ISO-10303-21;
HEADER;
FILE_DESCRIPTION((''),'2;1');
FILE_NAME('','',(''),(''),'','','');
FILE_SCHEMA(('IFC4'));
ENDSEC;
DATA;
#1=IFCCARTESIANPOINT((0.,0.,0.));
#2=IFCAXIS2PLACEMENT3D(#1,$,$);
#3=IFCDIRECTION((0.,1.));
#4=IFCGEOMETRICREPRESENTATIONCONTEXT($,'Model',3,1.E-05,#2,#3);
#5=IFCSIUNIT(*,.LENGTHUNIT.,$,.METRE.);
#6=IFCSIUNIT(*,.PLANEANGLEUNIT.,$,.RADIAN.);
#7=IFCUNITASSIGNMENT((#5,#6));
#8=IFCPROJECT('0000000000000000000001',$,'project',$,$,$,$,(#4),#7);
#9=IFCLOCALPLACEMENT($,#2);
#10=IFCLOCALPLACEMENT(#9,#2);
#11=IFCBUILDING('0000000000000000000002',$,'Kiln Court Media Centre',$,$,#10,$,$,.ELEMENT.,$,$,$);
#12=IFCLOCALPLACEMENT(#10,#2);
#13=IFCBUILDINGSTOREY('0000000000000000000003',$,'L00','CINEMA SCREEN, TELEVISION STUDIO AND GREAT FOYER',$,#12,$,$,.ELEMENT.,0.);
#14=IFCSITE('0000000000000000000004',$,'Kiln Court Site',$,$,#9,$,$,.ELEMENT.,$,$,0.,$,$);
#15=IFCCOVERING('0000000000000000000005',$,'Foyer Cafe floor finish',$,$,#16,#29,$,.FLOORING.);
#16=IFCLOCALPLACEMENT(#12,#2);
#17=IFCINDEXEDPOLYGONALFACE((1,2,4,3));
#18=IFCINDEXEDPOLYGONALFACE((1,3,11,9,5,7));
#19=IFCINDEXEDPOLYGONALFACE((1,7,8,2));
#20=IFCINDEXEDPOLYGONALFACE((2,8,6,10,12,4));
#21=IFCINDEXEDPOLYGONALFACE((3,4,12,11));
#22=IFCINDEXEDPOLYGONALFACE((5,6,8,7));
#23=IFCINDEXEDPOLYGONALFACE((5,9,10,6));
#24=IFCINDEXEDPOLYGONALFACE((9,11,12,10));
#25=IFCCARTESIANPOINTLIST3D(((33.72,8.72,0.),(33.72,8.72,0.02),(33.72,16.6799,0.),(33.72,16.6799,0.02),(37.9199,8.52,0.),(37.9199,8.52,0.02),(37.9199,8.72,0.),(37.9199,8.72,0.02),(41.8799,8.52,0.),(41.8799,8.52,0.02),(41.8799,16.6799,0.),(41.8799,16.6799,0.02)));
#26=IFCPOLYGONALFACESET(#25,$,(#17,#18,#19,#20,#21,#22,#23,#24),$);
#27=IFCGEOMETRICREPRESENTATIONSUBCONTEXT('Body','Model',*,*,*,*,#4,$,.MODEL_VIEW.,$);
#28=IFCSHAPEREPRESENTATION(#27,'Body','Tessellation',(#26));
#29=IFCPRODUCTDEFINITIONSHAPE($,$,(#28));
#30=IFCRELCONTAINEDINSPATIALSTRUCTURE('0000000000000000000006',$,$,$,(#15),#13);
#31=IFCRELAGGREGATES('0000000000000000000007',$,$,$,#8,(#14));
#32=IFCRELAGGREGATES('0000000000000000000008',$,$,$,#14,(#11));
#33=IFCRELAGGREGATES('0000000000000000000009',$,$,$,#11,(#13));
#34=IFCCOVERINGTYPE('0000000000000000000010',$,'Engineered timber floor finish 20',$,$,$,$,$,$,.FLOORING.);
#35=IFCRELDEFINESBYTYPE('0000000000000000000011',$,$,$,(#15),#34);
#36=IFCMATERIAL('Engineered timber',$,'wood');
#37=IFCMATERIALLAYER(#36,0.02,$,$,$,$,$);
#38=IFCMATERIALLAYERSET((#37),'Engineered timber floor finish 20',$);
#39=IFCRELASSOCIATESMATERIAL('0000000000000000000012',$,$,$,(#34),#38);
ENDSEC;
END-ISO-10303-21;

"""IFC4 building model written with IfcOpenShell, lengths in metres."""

from ifc_helpers import new_model, si_unit, direction, origin, place, context, subcontext, project, spatial, polyline, outline, extrude, material, layer, layer_set, type_object, element, save


model = new_model("IFC4")

# Units and contexts
model_context = context("Model", 3, precision=1e-05, world=origin(), true_north=direction((0.0, 1.0)))
body_context = subcontext(model_context, "Body", "Model", "MODEL_VIEW")
ifc_project = project(units=[si_unit("LENGTHUNIT", "METRE"), si_unit("PLANEANGLEUNIT", "RADIAN")], contexts=[model_context])

# Site, building, storey
site_placement = place(None, origin())
site = spatial("IfcSite", under=ifc_project, at=site_placement, Name="Kiln Court Site", CompositionType="ELEMENT", RefElevation=0.0)
building_placement = place(site_placement, origin())
building = spatial("IfcBuilding", under=site, at=building_placement, Name="Kiln Court Media Centre", CompositionType="ELEMENT")
storey_placement = place(building_placement, origin())
storey = spatial("IfcBuildingStorey", under=building, at=storey_placement, Name="L00", Description="CINEMA SCREEN, TELEVISION STUDIO AND GREAT FOYER", CompositionType="ELEMENT", Elevation=0.0)

# Covering
ifc_material_1 = material(Name="Engineered timber", Category="wood")
ifc_layer_1 = layer(ifc_material_1, 0.02)
ifc_layer_set_1 = layer_set([ifc_layer_1], Name="Engineered timber floor finish 20")
covering_type_1 = type_object("IfcCoveringType", Name="Engineered timber floor finish 20", PredefinedType="FLOORING", material=ifc_layer_set_1)
covering_1_placement = place(storey_placement, origin())
element("IfcCovering", 1, at=covering_1_placement, inside=storey, type_object=covering_type_1, Name="Foyer Cafe floor finish", PredefinedType="FLOORING", context=body_context, shape_type="SweptSolid", body=[
    extrude(outline(polyline([(33.72, 16.6799), (33.72, 8.72), (37.9199, 8.72), (37.9199, 8.52), (41.8799, 8.52), (41.8799, 16.6799), (33.72, 16.6799)])), origin(), (0.0, 0.0, 1.0), 0.02),
])

save(model, "model.ifc")
